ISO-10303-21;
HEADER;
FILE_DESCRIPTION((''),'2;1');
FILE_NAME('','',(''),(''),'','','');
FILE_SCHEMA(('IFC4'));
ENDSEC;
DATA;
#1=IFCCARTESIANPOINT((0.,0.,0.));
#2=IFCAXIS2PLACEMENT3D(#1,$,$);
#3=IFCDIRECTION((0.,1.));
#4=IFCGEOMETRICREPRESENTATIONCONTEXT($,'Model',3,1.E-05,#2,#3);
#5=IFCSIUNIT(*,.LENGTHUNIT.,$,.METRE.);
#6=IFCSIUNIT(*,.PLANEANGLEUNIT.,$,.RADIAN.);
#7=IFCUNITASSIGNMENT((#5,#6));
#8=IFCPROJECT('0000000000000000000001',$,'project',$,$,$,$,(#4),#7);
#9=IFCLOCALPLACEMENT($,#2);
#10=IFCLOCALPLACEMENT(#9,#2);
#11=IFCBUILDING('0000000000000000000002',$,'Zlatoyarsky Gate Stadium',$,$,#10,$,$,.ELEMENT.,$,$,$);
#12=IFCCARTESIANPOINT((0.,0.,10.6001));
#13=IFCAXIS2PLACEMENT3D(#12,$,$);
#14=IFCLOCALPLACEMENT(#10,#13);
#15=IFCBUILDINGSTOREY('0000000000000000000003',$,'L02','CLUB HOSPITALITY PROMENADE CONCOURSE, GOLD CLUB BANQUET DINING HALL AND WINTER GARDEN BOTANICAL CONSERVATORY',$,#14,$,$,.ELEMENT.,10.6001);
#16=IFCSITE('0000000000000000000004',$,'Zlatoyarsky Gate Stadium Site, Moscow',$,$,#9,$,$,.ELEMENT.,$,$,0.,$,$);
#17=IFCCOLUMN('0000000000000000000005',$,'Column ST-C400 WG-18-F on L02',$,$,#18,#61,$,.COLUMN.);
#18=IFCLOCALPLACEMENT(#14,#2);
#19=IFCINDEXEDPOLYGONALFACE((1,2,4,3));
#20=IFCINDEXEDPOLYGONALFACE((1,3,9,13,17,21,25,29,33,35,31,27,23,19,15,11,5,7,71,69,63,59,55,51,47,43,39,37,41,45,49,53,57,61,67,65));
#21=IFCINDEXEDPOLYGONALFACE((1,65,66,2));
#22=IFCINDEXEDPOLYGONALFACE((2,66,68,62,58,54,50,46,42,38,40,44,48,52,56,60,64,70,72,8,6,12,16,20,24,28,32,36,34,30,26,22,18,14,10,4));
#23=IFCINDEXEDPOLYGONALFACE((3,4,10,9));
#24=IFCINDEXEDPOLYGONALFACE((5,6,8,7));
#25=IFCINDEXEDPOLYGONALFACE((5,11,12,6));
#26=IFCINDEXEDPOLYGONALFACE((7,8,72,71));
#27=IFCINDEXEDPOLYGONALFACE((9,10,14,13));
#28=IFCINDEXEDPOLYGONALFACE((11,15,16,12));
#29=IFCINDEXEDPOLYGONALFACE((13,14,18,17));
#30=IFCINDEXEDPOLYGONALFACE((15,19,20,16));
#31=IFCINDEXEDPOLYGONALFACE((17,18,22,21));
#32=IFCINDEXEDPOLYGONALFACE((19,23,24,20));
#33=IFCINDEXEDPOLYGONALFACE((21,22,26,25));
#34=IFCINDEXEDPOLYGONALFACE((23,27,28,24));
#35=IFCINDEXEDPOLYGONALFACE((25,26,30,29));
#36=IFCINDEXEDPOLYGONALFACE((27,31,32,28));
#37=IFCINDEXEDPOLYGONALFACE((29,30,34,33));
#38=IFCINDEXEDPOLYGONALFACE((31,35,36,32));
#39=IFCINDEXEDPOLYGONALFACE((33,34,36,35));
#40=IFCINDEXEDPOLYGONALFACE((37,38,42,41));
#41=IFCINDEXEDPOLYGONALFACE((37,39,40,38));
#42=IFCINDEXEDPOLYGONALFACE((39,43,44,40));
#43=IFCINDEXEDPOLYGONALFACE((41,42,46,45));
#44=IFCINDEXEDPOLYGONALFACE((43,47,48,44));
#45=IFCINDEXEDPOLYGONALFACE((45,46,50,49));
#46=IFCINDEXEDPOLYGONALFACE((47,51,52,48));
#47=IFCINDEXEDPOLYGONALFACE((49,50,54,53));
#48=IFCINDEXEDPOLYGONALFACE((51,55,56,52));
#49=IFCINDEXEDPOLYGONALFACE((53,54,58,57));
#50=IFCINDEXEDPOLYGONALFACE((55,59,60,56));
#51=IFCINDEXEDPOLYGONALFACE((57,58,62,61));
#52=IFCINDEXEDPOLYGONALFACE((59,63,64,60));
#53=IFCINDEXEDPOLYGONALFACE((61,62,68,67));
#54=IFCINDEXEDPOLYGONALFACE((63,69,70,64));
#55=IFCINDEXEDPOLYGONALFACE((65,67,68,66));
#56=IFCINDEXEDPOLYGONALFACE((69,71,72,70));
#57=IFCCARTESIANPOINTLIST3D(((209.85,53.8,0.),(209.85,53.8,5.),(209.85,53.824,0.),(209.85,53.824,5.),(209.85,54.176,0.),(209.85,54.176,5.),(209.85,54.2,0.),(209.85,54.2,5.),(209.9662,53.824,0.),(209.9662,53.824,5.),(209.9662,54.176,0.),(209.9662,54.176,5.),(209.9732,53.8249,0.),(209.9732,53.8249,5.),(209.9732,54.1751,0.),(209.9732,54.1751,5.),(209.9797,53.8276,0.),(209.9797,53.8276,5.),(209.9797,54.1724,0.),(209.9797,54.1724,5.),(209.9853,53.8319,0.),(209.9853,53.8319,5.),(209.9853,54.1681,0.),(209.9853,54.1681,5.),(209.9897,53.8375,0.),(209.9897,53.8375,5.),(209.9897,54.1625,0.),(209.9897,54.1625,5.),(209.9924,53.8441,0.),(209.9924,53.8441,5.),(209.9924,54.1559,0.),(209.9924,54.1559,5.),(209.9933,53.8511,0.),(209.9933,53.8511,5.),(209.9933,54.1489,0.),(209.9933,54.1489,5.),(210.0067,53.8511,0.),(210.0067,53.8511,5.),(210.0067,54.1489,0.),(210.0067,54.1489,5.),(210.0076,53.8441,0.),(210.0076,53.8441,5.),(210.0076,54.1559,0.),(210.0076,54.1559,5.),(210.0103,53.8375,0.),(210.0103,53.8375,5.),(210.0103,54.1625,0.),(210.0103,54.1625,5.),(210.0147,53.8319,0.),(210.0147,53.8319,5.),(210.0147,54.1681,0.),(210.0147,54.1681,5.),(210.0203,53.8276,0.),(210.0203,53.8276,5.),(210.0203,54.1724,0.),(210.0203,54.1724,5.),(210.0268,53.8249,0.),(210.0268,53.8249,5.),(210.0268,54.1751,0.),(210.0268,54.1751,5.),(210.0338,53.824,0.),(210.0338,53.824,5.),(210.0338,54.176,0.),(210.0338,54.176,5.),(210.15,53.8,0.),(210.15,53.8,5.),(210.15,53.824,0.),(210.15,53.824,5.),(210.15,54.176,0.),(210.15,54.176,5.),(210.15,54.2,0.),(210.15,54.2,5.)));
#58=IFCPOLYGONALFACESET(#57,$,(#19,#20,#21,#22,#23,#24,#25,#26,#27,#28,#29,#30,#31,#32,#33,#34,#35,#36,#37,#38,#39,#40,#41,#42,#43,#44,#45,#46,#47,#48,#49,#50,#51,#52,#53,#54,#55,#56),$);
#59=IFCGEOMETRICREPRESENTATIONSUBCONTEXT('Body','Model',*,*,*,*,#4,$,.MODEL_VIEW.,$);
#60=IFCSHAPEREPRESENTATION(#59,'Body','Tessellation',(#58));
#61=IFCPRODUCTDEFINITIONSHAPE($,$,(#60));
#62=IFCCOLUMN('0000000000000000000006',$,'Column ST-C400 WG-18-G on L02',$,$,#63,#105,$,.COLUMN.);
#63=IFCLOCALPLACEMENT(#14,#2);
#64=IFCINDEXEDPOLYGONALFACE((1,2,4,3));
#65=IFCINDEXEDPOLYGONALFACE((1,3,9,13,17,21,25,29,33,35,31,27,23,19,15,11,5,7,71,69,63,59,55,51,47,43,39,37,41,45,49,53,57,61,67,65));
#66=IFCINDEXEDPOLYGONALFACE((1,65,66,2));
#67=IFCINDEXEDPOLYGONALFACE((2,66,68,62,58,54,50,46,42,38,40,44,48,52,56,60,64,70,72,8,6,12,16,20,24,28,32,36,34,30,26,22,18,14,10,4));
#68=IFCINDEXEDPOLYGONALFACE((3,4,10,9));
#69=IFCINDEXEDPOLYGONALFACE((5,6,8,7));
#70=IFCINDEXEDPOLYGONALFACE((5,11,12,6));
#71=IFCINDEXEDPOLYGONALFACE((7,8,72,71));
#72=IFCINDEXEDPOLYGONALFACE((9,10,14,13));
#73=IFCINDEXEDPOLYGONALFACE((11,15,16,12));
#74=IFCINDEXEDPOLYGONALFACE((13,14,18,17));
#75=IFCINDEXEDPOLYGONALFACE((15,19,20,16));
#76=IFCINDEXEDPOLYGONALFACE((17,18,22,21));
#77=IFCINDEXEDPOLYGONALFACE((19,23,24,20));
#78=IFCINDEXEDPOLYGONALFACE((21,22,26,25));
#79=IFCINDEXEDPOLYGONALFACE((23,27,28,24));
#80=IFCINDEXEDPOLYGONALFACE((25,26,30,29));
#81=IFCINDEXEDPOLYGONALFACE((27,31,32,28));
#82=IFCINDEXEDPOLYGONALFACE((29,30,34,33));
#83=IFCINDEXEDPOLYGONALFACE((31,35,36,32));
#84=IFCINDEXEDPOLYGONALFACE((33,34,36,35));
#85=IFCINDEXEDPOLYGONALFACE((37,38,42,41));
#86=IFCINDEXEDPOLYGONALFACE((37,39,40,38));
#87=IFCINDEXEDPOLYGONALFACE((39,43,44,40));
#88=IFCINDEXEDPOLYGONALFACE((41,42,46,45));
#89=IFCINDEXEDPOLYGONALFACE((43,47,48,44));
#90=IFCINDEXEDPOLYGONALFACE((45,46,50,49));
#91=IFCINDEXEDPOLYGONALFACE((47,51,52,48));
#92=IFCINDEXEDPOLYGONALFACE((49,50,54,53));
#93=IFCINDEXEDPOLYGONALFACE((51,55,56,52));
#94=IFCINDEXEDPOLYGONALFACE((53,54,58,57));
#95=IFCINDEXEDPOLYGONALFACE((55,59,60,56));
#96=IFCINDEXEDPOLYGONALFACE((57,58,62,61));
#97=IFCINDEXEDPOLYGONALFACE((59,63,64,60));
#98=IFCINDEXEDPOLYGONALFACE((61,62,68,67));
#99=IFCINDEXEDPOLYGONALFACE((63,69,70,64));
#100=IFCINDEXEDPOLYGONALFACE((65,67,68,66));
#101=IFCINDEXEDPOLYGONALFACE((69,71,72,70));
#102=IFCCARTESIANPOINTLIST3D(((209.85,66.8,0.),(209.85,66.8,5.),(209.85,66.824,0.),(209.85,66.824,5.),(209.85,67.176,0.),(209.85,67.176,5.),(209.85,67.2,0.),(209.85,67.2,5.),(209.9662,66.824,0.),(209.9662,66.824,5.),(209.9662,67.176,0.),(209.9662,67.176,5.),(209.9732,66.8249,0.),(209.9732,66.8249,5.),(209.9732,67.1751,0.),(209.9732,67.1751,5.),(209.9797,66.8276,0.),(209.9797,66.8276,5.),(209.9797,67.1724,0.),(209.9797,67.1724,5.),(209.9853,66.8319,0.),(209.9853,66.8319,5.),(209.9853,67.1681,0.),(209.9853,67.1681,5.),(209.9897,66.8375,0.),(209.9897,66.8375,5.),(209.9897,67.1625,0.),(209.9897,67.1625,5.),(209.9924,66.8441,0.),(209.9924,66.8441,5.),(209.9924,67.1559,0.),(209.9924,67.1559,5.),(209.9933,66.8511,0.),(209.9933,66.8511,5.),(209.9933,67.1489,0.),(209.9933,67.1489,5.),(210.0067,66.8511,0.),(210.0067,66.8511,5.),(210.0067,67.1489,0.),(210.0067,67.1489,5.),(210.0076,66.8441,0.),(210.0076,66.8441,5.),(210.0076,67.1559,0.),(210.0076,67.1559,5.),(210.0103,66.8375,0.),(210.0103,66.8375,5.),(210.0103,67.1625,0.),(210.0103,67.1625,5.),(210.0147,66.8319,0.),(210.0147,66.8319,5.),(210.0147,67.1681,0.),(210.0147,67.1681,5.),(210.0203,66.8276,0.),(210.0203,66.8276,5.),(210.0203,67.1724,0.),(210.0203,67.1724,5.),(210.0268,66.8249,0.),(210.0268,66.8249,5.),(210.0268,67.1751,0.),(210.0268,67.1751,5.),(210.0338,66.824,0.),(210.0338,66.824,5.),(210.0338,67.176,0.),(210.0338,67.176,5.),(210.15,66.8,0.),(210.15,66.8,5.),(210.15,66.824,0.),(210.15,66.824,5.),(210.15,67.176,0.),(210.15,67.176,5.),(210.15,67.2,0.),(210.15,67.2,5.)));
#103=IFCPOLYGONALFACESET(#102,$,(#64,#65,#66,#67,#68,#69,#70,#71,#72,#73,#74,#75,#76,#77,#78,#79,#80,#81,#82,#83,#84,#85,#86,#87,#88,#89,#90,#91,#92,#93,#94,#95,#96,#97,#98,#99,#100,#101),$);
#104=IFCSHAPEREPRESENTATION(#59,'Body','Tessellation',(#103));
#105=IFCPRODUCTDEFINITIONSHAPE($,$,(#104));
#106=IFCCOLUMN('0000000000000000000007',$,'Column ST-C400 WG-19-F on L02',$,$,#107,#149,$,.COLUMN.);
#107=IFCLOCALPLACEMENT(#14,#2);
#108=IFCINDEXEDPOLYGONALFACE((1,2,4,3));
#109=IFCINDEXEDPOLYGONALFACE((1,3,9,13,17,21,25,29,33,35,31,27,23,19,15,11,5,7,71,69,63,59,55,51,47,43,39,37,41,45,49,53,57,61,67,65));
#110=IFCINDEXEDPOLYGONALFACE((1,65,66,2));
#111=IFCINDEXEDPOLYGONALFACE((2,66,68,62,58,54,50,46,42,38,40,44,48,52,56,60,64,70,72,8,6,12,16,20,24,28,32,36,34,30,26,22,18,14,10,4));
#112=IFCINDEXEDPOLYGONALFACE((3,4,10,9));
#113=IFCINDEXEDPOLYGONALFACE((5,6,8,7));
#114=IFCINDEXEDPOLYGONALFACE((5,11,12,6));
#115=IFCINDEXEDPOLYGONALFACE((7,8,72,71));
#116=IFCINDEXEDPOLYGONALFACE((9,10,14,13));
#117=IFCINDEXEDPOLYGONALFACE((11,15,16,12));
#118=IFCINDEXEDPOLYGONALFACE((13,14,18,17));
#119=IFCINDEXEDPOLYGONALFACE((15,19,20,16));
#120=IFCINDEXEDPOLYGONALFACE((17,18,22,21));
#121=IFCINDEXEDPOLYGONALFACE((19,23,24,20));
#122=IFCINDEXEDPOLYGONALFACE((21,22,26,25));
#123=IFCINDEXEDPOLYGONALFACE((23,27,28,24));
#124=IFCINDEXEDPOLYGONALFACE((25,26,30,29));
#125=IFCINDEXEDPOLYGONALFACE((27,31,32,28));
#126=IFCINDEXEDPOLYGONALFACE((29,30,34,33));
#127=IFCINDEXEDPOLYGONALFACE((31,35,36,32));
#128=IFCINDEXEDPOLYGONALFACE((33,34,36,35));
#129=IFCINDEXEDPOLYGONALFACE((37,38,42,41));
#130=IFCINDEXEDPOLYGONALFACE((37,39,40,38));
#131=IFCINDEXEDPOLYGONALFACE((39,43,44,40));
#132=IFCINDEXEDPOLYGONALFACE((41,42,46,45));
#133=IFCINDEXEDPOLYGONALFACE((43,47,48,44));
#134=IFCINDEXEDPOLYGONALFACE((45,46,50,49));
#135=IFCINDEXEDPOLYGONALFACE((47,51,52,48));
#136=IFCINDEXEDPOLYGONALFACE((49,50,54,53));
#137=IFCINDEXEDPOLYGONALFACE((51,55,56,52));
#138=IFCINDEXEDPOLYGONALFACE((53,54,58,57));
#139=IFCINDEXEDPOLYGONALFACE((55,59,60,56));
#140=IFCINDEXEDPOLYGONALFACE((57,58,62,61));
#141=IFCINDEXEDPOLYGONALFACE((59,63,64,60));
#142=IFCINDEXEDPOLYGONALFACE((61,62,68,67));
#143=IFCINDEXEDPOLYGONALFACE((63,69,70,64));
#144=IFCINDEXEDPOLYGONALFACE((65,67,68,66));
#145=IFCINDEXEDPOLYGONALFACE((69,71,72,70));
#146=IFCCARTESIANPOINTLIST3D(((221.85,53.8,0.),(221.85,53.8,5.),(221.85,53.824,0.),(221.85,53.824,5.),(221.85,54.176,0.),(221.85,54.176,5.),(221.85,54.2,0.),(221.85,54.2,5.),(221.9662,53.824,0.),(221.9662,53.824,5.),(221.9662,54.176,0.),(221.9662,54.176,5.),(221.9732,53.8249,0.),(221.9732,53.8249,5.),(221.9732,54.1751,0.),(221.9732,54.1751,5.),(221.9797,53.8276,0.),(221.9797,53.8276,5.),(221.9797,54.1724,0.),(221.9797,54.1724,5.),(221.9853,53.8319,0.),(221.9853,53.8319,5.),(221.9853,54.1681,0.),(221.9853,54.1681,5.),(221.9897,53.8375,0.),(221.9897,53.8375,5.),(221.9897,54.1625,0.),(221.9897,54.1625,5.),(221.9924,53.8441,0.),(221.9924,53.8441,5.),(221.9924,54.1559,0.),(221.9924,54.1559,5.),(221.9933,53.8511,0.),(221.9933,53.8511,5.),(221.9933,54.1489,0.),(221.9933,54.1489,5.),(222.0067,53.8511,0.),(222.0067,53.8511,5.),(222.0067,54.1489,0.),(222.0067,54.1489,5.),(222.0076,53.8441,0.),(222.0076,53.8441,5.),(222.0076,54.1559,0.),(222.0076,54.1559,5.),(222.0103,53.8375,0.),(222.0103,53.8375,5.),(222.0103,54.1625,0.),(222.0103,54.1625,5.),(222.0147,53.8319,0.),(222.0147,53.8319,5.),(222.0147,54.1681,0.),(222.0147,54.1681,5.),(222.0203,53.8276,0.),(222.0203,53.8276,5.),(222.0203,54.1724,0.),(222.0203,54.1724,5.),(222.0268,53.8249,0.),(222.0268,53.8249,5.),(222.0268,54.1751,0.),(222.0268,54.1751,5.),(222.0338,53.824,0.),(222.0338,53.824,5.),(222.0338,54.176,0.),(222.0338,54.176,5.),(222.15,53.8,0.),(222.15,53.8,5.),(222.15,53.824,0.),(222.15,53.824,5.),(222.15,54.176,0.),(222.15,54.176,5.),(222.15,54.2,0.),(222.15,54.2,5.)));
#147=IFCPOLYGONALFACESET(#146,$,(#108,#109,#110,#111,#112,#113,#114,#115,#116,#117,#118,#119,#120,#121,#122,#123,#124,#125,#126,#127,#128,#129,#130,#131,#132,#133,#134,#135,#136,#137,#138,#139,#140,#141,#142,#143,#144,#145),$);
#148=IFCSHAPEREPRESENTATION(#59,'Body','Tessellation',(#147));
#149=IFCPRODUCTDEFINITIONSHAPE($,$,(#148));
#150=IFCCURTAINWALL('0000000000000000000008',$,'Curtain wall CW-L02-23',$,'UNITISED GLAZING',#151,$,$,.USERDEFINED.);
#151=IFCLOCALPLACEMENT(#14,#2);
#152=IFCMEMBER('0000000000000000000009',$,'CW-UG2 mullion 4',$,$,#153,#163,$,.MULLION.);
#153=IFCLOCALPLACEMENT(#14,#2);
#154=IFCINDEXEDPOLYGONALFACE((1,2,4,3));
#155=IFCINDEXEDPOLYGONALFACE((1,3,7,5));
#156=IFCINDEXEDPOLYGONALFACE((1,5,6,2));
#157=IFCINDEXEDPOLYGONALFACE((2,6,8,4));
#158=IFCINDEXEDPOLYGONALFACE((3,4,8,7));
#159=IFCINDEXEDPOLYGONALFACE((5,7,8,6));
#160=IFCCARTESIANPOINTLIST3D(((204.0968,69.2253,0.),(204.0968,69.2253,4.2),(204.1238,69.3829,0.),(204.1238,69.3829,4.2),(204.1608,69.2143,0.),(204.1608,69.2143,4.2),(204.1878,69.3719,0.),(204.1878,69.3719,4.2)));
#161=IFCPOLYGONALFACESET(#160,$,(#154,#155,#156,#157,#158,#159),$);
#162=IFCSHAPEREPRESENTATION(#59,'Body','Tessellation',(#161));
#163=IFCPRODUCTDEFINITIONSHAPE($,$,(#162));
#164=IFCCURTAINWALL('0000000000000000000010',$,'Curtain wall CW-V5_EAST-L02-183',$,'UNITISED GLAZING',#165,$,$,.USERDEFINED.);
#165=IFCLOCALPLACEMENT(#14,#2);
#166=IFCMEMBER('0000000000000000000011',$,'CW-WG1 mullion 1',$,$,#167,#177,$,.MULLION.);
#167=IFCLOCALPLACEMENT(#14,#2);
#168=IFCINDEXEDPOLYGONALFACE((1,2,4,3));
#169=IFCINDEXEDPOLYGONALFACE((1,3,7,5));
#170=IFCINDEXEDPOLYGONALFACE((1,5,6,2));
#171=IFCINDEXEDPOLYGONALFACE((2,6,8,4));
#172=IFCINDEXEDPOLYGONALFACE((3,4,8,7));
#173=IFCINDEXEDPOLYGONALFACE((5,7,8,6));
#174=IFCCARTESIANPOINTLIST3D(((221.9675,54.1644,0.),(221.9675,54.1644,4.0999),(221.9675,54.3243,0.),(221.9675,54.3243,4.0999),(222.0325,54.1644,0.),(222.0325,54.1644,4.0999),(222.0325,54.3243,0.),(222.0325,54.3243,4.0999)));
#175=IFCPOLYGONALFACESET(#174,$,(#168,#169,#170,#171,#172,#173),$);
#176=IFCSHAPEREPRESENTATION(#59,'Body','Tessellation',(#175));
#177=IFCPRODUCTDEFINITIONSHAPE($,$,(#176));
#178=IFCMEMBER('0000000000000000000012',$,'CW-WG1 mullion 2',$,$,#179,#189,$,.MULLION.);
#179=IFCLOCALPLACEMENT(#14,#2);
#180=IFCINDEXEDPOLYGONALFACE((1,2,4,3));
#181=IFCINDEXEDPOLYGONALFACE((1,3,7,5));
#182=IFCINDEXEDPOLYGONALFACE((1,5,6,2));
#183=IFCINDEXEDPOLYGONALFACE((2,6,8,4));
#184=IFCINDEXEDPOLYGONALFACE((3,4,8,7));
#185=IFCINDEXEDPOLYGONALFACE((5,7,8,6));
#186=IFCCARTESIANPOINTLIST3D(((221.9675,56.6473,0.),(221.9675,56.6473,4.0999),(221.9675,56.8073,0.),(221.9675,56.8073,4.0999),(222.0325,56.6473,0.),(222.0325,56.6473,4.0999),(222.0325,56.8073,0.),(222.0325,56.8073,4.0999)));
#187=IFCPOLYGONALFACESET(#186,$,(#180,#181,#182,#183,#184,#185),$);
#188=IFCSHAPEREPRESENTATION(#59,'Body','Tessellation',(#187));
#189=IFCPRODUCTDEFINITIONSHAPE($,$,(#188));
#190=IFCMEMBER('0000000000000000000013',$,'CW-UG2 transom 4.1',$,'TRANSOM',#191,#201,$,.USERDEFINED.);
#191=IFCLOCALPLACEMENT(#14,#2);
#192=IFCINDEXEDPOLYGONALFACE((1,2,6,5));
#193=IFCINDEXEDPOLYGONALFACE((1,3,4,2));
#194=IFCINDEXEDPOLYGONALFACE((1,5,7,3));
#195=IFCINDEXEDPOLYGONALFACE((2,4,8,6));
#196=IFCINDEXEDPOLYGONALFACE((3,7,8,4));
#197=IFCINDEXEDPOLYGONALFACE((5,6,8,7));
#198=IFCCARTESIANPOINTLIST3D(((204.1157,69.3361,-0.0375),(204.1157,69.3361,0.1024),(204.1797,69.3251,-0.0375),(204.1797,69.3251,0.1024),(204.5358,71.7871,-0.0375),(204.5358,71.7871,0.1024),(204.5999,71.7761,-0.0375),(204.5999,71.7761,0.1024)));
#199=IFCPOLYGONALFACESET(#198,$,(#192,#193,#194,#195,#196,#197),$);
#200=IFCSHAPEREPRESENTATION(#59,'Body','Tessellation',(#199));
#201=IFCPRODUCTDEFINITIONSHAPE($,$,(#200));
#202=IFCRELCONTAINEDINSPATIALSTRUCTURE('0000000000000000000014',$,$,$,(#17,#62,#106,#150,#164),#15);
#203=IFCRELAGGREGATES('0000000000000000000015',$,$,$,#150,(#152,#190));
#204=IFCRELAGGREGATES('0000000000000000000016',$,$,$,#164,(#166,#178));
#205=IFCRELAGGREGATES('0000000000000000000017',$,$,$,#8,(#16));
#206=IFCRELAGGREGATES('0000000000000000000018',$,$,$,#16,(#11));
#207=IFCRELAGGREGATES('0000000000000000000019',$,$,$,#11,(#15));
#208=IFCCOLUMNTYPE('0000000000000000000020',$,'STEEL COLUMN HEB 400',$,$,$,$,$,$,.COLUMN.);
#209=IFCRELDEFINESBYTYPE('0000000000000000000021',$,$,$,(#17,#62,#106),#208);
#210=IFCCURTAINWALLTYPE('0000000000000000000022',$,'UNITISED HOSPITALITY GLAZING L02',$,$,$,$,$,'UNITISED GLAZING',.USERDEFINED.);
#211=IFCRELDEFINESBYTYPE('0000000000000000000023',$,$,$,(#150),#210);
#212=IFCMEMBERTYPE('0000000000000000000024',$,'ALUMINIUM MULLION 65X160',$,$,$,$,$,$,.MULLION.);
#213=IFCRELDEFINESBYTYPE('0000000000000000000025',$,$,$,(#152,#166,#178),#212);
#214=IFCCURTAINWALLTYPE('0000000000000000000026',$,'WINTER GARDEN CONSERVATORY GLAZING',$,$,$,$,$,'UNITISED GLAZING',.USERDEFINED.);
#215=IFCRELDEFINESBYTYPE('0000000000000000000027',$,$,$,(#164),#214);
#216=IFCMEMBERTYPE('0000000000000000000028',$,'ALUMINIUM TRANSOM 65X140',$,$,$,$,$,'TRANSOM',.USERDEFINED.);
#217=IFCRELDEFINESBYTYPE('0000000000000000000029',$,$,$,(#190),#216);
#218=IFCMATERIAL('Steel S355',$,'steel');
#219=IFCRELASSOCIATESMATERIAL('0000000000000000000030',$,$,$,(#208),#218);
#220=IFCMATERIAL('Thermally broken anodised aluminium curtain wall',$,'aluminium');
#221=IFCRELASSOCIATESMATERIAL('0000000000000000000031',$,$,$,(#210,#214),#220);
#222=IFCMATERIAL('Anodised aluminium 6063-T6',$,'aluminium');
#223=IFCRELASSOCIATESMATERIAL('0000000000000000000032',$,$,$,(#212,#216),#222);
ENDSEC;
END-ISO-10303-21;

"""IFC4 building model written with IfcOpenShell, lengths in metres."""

from ifc_helpers import new_model, si_unit, direction, frame, origin, origin_2d, place, context, subcontext, project, spatial, rectangle, i_section, extrude, material, material_profile, profile_set, type_object, element, aggregate, save


model = new_model("IFC4")

# Units and contexts
model_context = context("Model", 3, precision=1e-05, world=origin(), true_north=direction((0.0, 1.0)))
body_context = subcontext(model_context, "Body", "Model", "MODEL_VIEW")
ifc_project = project(units=[si_unit("LENGTHUNIT", "METRE"), si_unit("PLANEANGLEUNIT", "RADIAN")], contexts=[model_context])

# Site, building, storey
site_placement = place(None, origin())
site = spatial("IfcSite", under=ifc_project, at=site_placement, Name="Zlatoyarsky Gate Stadium Site, Moscow", CompositionType="ELEMENT", RefElevation=0.0)
building_placement = place(site_placement, origin())
building = spatial("IfcBuilding", under=site, at=building_placement, Name="Zlatoyarsky Gate Stadium", CompositionType="ELEMENT")
storey_placement = place(building_placement, frame((0.0, 0.0, 10.6001)))
storey = spatial("IfcBuildingStorey", under=building, at=storey_placement, Name="L02", Description="CLUB HOSPITALITY PROMENADE CONCOURSE, GOLD CLUB BANQUET DINING HALL AND WINTER GARDEN BOTANICAL CONSERVATORY", CompositionType="ELEMENT", Elevation=10.6001)

# Columns
ifc_material_1 = material(Name="Steel S355", Category="steel")
ifc_material_profile_1 = material_profile(ifc_material_1, i_section(OverallWidth=0.3, OverallDepth=0.3999, WebThickness=0.0134, FlangeThickness=0.0239, FilletRadius=0.0271, at=origin_2d()), Name="HEB 400")
ifc_profile_set_1 = profile_set([ifc_material_profile_1], Name="Steel S355")
column_type = type_object("IfcColumnType", Name="STEEL COLUMN HEB 400", PredefinedType="COLUMN", material=ifc_profile_set_1)
for number, where, z_axis, x_axis, name in (
    (1, (210.0, 54.0, 0.0), (0.0, 0.0, 1.0), (1.0, 0.0, 0.0), "Column ST-C400 WG-18-F on L02"),
    (2, (210.0, 67.0, 0.0), (0.0, 0.0, 1.0), (1.0, 0.0, 0.0), "Column ST-C400 WG-18-G on L02"),
    (3, (222.0, 54.0, 0.0), (0.0, 0.0, 1.0), (1.0, 0.0, 0.0), "Column ST-C400 WG-19-F on L02"),
):
    element("IfcColumn", number, at=place(storey_placement, frame(where, z_axis=z_axis, x_axis=x_axis)), inside=storey, type_object=column_type, Name=name, PredefinedType="COLUMN", context=body_context, shape_type="SweptSolid", body=[
        extrude(i_section(OverallWidth=0.3, OverallDepth=0.3999, WebThickness=0.0134, FlangeThickness=0.0239, FilletRadius=0.0271, at=origin_2d()), origin(), (0.0, 0.0, 1.0), 5.0),
    ])

# Curtain wall, member
ifc_material_2 = material(Name="Thermally broken anodised aluminium curtain wall", Category="aluminium")
curtain_wall_type_1 = type_object("IfcCurtainWallType", Name="UNITISED HOSPITALITY GLAZING L02", ElementType="UNITISED GLAZING", PredefinedType="USERDEFINED", material=ifc_material_2)
curtain_wall_1_placement = place(storey_placement, origin())
curtain_wall_1 = element("IfcCurtainWall", 4, at=curtain_wall_1_placement, inside=storey, type_object=curtain_wall_type_1, Name="Curtain wall CW-L02-23", ObjectType="UNITISED GLAZING", PredefinedType="USERDEFINED")
ifc_material_3 = material(Name="Anodised aluminium 6063-T6", Category="aluminium")
ifc_material_profile_2 = material_profile(ifc_material_3, rectangle(XDim=0.0649, YDim=0.1599, at=origin_2d()), Name="ALU 65X160")
ifc_profile_set_2 = profile_set([ifc_material_profile_2], Name="Anodised aluminium 6063-T6")
member_type_1 = type_object("IfcMemberType", Name="ALUMINIUM MULLION 65X160", PredefinedType="MULLION", material=ifc_profile_set_2)
member_1_placement = place(storey_placement, frame((204.1423, 69.2986, 0.0), z_axis=(0.0, 0.0, 1.0), x_axis=(-0.985637, 0.168876, 0.0)))
member_1 = element("IfcMember", 5, at=member_1_placement, type_object=member_type_1, Name="CW-UG2 mullion 4", PredefinedType="MULLION", context=body_context, shape_type="SweptSolid", body=[
    extrude(rectangle(XDim=0.0649, YDim=0.1599, at=origin_2d()), origin(), (0.0, 0.0, 1.0), 4.2),
])

# Curtain wall, members
curtain_wall_type_2 = type_object("IfcCurtainWallType", Name="WINTER GARDEN CONSERVATORY GLAZING", ElementType="UNITISED GLAZING", PredefinedType="USERDEFINED", material=ifc_material_2)
curtain_wall_2_placement = place(storey_placement, origin())
curtain_wall_2 = element("IfcCurtainWall", 6, at=curtain_wall_2_placement, inside=storey, type_object=curtain_wall_type_2, Name="Curtain wall CW-V5_EAST-L02-183", ObjectType="UNITISED GLAZING", PredefinedType="USERDEFINED")
member_2_placement = place(storey_placement, frame((222.0, 54.2444, 0.0), z_axis=(0.0, 0.0, 1.0), x_axis=(-1.0, 0.0, 0.0)))
member_2 = element("IfcMember", 7, at=member_2_placement, type_object=member_type_1, Name="CW-WG1 mullion 1", PredefinedType="MULLION", context=body_context, shape_type="SweptSolid", body=[
    extrude(rectangle(XDim=0.0649, YDim=0.1599, at=origin_2d()), origin(), (0.0, 0.0, 1.0), 4.0999),
])
member_3_placement = place(storey_placement, frame((222.0, 56.7273, 0.0), z_axis=(0.0, 0.0, 1.0), x_axis=(-1.0, 0.0, 0.0)))
member_3 = element("IfcMember", 8, at=member_3_placement, type_object=member_type_1, Name="CW-WG1 mullion 2", PredefinedType="MULLION", context=body_context, shape_type="SweptSolid", body=[
    extrude(rectangle(XDim=0.0649, YDim=0.1599, at=origin_2d()), origin(), (0.0, 0.0, 1.0), 4.0999),
])

# Member
ifc_material_profile_3 = material_profile(ifc_material_3, rectangle(XDim=0.0649, YDim=0.1399, at=origin_2d()), Name="ALU 65X140")
ifc_profile_set_3 = profile_set([ifc_material_profile_3], Name="Anodised aluminium 6063-T6")
member_type_2 = type_object("IfcMemberType", Name="ALUMINIUM TRANSOM 65X140", ElementType="TRANSOM", PredefinedType="USERDEFINED", material=ifc_profile_set_3)
member_4_placement = place(storey_placement, frame((204.1477, 69.3306, 0.0325), z_axis=(0.16895, 0.985625, 0.0), x_axis=(-0.985625, 0.16895, 0.0)))
member_4 = element("IfcMember", 9, at=member_4_placement, type_object=member_type_2, Name="CW-UG2 transom 4.1", ObjectType="TRANSOM", PredefinedType="USERDEFINED", context=body_context, shape_type="SweptSolid", body=[
    extrude(rectangle(XDim=0.0649, YDim=0.1399, at=origin_2d()), origin(), (0.0, 0.0, 1.0), 2.4868),
])
aggregate(curtain_wall_1, [member_1, member_4])

aggregate(curtain_wall_2, [member_2, member_3])

save(model, "model.ifc")
